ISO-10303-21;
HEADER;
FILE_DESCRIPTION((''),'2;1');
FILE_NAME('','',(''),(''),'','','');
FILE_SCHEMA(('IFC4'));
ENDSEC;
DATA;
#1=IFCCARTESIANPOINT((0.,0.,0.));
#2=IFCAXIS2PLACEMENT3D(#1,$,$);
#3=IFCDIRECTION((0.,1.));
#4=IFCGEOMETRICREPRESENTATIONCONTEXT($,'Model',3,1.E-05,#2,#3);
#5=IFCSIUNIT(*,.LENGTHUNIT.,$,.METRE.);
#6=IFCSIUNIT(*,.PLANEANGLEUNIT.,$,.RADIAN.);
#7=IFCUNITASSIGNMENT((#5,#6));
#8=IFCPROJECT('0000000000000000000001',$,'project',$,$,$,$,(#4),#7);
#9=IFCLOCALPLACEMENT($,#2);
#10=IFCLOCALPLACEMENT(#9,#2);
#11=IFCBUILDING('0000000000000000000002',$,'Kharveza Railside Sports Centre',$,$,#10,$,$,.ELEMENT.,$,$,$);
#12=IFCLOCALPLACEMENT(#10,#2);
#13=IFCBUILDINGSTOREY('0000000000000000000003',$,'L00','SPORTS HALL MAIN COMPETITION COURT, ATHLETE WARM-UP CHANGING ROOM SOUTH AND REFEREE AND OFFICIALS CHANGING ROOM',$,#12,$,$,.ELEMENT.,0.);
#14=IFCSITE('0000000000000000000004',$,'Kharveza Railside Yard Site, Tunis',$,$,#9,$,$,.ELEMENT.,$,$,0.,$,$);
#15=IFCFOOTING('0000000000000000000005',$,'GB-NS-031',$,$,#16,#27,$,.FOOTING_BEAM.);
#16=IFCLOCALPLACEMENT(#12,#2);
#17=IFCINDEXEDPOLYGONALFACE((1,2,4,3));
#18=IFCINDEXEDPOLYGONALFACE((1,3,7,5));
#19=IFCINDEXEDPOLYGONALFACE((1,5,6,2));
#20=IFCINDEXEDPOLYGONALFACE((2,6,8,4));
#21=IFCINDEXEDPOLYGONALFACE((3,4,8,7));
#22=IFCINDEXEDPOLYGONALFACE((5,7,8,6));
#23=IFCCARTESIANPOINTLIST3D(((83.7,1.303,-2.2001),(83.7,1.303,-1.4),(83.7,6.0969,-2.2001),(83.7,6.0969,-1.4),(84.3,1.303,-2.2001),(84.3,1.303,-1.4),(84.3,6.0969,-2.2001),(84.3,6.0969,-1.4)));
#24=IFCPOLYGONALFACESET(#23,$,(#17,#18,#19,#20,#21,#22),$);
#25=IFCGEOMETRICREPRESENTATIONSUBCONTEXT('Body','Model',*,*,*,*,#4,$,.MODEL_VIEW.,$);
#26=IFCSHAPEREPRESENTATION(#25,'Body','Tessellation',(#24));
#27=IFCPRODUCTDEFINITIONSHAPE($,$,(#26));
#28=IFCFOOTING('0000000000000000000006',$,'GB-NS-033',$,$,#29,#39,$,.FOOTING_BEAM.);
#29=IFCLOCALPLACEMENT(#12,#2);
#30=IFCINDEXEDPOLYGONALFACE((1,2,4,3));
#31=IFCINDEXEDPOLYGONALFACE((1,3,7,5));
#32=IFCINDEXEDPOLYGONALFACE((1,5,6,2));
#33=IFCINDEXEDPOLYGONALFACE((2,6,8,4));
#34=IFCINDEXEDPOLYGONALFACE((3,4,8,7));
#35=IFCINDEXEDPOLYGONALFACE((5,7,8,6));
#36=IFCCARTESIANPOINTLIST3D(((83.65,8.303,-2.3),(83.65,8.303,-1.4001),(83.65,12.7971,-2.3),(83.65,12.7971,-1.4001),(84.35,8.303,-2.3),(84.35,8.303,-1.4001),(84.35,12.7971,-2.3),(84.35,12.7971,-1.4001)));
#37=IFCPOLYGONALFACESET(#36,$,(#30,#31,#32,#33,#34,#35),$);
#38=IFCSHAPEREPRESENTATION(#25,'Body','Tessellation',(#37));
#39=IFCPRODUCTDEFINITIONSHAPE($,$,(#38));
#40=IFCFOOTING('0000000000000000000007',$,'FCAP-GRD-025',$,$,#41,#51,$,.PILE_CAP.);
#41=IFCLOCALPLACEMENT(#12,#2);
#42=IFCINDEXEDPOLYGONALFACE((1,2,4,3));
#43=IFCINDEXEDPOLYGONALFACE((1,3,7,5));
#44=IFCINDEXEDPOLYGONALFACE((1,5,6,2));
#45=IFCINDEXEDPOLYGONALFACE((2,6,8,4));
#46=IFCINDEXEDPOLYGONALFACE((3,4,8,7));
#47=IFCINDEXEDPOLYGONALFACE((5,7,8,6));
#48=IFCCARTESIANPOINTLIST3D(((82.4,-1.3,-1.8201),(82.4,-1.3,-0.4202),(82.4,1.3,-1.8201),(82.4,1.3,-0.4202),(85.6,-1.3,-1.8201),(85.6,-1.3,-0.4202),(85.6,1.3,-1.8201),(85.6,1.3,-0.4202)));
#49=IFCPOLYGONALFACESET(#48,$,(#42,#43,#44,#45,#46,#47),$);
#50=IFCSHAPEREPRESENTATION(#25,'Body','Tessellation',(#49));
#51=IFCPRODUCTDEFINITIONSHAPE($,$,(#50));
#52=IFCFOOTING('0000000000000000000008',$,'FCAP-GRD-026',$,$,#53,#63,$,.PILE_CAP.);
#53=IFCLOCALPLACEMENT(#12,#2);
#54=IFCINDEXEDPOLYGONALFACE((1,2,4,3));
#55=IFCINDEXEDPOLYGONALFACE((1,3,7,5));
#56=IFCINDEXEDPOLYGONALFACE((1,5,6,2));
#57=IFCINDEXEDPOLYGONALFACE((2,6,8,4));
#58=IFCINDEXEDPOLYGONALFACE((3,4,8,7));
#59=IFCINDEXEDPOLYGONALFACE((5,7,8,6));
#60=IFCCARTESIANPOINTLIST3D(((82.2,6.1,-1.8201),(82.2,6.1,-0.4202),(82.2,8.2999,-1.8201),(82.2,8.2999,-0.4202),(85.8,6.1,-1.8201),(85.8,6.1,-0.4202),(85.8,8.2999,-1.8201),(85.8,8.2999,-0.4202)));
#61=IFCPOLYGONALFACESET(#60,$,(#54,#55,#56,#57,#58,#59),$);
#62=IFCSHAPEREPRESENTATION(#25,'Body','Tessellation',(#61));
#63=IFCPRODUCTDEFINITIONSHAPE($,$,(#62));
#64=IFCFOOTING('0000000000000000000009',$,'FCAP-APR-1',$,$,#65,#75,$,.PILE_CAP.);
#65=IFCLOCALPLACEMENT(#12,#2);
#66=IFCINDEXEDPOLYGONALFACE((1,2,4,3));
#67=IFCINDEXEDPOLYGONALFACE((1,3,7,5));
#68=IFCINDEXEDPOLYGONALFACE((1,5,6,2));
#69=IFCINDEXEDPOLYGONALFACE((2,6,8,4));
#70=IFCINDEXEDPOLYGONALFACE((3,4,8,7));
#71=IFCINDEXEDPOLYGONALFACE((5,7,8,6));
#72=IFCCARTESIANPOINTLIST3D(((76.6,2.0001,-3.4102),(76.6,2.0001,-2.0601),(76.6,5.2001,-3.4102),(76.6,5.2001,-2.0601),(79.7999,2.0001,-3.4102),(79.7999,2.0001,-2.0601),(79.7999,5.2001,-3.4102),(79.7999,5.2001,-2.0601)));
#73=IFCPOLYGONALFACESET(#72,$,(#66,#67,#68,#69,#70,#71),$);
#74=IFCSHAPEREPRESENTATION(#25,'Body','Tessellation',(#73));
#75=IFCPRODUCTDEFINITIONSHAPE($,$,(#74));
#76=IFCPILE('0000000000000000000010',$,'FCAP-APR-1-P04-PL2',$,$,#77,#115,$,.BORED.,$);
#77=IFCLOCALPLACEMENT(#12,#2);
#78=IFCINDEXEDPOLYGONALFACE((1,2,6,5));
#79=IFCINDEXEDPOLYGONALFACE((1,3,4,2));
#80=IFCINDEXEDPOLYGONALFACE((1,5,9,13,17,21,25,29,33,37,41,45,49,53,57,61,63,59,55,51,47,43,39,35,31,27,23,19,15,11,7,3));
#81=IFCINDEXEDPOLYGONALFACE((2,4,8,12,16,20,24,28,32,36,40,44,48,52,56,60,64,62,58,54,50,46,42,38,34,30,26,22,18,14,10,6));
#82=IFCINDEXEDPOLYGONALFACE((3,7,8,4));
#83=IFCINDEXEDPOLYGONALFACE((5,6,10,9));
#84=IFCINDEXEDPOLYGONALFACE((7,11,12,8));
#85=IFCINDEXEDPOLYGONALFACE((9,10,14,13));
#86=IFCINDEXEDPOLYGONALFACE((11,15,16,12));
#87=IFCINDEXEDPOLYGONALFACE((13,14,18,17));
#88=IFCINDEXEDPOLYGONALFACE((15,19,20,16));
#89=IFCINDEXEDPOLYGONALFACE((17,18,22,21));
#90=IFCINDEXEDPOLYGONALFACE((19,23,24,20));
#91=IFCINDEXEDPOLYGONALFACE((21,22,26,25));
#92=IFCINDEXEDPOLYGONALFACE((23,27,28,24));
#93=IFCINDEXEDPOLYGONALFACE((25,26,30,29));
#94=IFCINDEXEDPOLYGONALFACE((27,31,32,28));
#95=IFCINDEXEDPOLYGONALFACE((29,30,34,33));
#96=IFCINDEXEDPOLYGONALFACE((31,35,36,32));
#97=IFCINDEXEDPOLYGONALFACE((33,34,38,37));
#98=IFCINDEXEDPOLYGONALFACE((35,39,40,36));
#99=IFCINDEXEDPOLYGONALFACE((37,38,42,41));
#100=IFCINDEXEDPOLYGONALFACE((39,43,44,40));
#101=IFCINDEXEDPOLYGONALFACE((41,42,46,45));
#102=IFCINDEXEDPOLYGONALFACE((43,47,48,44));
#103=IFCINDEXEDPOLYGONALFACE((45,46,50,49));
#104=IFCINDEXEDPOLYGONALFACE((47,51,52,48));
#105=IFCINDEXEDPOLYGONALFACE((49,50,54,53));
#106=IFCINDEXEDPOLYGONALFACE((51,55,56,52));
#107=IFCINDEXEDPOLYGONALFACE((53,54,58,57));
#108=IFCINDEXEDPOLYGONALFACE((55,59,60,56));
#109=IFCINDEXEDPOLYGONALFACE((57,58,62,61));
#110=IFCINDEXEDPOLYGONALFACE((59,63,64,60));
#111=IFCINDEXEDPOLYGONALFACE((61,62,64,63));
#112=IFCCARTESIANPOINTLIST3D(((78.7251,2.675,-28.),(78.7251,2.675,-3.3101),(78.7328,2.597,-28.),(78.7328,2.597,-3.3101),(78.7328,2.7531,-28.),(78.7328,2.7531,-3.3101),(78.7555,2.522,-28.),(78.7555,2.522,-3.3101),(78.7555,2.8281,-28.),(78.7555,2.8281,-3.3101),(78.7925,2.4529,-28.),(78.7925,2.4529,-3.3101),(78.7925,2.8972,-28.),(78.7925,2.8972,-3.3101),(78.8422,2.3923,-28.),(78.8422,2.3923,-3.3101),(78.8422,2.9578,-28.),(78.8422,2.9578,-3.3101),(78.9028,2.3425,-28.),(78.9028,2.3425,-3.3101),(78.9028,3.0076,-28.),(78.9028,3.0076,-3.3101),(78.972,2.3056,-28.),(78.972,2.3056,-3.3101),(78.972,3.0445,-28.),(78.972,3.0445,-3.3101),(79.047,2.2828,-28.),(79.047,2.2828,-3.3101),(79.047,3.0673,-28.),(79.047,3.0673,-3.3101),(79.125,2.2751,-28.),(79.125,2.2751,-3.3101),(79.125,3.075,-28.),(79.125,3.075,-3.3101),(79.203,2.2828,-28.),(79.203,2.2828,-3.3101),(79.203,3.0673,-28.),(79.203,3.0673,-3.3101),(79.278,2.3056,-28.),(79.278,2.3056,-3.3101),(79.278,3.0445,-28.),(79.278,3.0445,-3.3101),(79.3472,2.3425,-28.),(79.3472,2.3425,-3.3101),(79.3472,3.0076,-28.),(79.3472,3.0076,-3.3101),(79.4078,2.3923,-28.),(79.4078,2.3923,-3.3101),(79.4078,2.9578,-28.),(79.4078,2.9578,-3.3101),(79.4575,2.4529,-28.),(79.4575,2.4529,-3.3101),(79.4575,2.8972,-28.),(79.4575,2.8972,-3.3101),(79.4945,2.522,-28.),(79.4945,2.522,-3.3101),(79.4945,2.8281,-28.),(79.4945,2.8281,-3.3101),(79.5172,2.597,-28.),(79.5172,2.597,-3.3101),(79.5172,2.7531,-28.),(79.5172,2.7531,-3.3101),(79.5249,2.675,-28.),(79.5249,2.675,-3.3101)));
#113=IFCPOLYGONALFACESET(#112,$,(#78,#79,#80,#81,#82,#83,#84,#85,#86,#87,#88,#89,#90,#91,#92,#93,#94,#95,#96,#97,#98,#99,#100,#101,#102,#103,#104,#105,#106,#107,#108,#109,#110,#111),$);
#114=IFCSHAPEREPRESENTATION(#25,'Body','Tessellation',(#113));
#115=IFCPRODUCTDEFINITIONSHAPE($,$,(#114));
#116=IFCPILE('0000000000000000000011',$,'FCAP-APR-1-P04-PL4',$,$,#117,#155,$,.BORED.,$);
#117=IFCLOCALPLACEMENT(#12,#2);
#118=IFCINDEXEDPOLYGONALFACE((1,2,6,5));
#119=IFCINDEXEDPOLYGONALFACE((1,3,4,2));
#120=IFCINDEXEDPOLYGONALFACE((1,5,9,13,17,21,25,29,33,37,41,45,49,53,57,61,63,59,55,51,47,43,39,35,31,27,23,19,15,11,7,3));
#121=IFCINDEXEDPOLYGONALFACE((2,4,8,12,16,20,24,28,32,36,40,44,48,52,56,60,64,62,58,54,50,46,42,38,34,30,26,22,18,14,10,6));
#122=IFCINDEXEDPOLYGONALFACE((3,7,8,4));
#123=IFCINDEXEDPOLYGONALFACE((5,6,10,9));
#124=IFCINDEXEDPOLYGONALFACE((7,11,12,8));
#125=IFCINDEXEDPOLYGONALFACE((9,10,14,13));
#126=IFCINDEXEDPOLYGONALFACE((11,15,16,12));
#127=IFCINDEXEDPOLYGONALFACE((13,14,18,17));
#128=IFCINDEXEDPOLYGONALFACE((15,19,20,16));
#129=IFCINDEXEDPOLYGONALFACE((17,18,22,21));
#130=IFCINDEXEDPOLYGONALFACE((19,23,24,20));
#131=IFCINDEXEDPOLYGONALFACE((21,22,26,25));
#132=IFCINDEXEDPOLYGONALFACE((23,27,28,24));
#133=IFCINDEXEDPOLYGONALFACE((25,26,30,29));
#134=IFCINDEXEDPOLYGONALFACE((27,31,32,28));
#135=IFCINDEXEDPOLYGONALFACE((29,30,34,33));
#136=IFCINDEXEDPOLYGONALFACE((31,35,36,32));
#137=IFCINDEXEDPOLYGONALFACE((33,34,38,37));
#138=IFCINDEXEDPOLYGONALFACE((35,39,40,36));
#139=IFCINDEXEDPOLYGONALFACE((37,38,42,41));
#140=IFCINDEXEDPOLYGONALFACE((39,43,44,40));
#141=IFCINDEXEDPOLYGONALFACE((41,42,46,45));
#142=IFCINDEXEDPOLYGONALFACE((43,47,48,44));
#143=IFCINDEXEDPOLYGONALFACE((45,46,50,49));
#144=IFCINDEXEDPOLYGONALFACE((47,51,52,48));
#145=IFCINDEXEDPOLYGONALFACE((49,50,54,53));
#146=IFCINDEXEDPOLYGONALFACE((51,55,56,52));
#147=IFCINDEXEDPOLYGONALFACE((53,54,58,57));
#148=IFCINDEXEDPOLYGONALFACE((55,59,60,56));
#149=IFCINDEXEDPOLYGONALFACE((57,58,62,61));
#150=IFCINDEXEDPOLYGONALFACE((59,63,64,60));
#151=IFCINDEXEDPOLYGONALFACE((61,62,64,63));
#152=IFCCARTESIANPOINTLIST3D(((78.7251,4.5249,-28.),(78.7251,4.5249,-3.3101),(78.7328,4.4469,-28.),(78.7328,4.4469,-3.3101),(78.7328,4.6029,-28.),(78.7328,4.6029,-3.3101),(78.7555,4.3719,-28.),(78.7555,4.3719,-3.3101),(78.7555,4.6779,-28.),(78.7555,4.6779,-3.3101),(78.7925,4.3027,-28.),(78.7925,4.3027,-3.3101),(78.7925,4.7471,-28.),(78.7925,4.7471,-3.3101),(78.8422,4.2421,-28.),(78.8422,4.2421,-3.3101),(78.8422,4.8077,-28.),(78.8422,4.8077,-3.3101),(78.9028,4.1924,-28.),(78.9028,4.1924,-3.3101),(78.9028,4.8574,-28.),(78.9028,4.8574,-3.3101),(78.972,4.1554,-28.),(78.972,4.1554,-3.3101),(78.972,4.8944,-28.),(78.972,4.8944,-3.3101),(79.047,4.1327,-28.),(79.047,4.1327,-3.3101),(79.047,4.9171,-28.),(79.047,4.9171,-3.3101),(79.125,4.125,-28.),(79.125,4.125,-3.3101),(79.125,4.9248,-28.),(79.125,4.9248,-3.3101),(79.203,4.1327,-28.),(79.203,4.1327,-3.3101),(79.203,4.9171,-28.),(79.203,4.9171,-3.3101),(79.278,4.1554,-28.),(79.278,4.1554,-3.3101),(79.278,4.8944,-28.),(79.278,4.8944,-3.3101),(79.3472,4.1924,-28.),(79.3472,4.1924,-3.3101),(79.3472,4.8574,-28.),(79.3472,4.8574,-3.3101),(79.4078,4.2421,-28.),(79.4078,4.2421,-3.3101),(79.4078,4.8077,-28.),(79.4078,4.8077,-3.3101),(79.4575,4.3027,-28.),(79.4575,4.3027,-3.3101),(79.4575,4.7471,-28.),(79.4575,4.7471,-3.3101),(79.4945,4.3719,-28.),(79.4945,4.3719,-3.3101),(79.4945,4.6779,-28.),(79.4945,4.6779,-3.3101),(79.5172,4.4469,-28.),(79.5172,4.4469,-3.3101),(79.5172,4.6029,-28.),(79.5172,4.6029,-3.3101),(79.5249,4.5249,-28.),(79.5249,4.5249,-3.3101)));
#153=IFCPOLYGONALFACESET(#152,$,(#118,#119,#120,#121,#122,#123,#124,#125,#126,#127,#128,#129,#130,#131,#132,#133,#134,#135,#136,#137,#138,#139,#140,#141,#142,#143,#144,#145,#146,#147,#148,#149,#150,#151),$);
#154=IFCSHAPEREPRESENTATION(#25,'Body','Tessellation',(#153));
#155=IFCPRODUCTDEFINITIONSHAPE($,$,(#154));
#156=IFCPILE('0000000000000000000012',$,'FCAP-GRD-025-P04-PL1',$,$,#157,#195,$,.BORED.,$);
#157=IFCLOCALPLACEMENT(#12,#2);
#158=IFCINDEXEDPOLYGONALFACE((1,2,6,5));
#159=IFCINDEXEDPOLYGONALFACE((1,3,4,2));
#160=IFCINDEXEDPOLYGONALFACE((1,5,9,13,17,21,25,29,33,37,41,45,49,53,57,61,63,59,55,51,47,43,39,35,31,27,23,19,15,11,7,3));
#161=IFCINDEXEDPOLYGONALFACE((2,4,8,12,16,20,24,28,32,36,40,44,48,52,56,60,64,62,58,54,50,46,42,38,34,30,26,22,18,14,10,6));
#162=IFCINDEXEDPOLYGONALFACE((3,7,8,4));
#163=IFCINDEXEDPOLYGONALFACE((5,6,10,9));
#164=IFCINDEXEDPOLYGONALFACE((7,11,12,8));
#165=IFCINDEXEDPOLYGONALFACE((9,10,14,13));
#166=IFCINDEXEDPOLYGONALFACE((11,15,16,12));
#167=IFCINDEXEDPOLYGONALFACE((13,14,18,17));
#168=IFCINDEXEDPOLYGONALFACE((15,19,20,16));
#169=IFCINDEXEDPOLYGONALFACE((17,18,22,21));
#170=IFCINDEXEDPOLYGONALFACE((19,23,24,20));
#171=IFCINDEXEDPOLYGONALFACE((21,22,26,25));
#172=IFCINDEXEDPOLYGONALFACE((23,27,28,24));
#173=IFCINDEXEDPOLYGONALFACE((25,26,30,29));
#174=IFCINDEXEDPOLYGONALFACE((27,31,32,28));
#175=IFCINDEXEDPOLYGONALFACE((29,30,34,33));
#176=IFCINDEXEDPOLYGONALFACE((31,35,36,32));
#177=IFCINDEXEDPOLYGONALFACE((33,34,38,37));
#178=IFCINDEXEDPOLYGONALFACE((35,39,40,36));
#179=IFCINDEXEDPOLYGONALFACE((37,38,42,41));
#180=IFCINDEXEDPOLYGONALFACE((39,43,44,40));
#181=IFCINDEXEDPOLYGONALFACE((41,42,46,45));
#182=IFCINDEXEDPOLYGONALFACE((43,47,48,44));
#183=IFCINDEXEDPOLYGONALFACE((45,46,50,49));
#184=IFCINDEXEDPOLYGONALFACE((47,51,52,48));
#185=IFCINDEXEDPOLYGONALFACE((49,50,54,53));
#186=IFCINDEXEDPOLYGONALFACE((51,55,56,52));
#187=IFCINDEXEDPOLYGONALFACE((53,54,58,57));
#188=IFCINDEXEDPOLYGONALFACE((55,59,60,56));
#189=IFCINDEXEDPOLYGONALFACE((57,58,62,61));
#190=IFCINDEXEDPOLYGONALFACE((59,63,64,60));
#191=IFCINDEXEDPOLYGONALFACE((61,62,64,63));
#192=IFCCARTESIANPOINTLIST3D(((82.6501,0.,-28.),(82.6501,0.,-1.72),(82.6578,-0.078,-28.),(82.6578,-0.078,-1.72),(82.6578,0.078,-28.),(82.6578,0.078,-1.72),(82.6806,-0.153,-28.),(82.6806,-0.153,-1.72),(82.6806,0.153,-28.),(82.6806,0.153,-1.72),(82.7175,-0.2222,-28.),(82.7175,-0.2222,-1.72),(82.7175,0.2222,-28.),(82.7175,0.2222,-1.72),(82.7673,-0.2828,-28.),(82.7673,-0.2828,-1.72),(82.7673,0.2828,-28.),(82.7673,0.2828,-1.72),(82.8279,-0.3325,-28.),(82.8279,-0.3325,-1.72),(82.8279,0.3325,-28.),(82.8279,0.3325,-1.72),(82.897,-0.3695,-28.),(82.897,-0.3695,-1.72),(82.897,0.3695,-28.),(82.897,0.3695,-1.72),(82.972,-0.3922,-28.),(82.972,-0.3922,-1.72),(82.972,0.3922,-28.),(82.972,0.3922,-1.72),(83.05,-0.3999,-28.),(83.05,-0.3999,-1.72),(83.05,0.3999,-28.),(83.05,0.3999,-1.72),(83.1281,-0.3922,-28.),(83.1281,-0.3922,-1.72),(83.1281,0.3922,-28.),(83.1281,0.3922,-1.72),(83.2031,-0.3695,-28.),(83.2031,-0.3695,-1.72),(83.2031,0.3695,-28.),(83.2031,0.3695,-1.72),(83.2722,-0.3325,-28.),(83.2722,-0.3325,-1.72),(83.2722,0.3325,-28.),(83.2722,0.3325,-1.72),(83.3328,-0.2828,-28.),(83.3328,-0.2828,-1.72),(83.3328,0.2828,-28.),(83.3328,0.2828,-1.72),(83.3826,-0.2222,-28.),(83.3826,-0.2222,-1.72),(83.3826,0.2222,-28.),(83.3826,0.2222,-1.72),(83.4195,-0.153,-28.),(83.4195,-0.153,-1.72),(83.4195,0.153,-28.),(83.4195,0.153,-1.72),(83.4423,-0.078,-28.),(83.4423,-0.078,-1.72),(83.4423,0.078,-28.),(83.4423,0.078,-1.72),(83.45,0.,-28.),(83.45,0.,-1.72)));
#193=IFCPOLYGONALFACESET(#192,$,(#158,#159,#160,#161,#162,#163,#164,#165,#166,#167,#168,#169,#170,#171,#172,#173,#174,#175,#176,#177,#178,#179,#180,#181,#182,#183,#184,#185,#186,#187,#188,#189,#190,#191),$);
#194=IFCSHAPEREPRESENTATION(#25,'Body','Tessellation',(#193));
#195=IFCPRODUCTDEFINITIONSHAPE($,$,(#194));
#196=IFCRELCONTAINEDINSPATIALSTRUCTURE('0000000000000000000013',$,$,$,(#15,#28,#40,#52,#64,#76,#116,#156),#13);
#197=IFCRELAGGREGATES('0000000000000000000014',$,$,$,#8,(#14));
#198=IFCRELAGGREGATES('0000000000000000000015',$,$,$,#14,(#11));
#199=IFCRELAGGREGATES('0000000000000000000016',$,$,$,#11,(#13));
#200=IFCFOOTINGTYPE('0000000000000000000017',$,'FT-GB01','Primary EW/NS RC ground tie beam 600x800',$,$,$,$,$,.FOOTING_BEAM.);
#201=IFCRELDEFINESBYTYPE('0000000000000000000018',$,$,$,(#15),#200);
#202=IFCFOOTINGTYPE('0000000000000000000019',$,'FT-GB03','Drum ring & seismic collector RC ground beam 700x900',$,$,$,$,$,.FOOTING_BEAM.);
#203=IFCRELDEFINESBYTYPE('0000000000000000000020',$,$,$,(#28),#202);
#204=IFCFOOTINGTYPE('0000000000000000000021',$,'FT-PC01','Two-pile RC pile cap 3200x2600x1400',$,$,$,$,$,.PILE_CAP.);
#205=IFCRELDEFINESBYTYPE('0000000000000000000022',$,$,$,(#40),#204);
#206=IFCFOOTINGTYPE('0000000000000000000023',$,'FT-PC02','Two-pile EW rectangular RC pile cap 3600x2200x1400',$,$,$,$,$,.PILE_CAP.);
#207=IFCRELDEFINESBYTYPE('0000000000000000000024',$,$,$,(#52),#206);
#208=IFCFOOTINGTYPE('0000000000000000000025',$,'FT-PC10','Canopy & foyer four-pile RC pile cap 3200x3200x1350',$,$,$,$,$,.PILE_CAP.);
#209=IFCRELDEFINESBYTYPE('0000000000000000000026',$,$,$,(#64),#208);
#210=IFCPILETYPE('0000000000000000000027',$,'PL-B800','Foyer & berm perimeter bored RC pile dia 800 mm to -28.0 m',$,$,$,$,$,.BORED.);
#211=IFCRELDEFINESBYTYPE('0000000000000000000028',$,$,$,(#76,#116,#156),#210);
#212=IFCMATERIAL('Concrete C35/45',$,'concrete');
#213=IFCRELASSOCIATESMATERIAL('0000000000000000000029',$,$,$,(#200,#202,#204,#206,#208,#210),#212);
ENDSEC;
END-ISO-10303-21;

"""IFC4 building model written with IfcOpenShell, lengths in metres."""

from ifc_helpers import new_model, si_unit, direction, frame, origin, origin_2d, place, context, subcontext, project, spatial, rectangle, circle, extrude, material, material_profile, profile_set, type_object, element, save


model = new_model("IFC4")

# Units and contexts
model_context = context("Model", 3, precision=1e-05, world=origin(), true_north=direction((0.0, 1.0)))
body_context = subcontext(model_context, "Body", "Model", "MODEL_VIEW")
ifc_project = project(units=[si_unit("LENGTHUNIT", "METRE"), si_unit("PLANEANGLEUNIT", "RADIAN")], contexts=[model_context])

# Site, building, storey
site_placement = place(None, origin())
site = spatial("IfcSite", under=ifc_project, at=site_placement, Name="Kharveza Railside Yard Site, Tunis", CompositionType="ELEMENT", RefElevation=0.0)
building_placement = place(site_placement, origin())
building = spatial("IfcBuilding", under=site, at=building_placement, Name="Kharveza Railside Sports Centre", CompositionType="ELEMENT")
storey_placement = place(building_placement, origin())
storey = spatial("IfcBuildingStorey", under=building, at=storey_placement, Name="L00", Description="SPORTS HALL MAIN COMPETITION COURT, ATHLETE WARM-UP CHANGING ROOM SOUTH AND REFEREE AND OFFICIALS CHANGING ROOM", CompositionType="ELEMENT", Elevation=0.0)

# Footings
ifc_material_1 = material(Name="Concrete C35/45", Category="concrete")
ifc_material_profile_1 = material_profile(ifc_material_1, rectangle(XDim=0.6001, YDim=0.8, at=origin_2d()), Name="GB 600x800")
ifc_profile_set_1 = profile_set([ifc_material_profile_1], Name="Concrete C35/45")
footing_type_1 = type_object("IfcFootingType", Name="FT-GB01", Description="Primary EW/NS RC ground tie beam 600x800", PredefinedType="FOOTING_BEAM", material=ifc_profile_set_1)
footing_1_placement = place(storey_placement, frame((84.0, 1.303, -1.8), z_axis=(0.0, 1.0, 0.0), x_axis=(-1.0, 0.0, 0.0)))
element("IfcFooting", 1, at=footing_1_placement, inside=storey, type_object=footing_type_1, Name="GB-NS-031", PredefinedType="FOOTING_BEAM", context=body_context, shape_type="SweptSolid", body=[
    extrude(rectangle(XDim=0.6001, YDim=0.8, at=origin_2d()), origin(), (0.0, 0.0, 1.0), 4.7939),
])
ifc_material_profile_2 = material_profile(ifc_material_1, rectangle(XDim=0.7, YDim=0.8999, at=origin_2d()), Name="GB 700x900")
ifc_profile_set_2 = profile_set([ifc_material_profile_2], Name="Concrete C35/45")
footing_type_2 = type_object("IfcFootingType", Name="FT-GB03", Description="Drum ring & seismic collector RC ground beam 700x900", PredefinedType="FOOTING_BEAM", material=ifc_profile_set_2)
footing_2_placement = place(storey_placement, frame((84.0, 8.303, -1.8501), z_axis=(0.0, 1.0, 0.0), x_axis=(-1.0, 0.0, 0.0)))
element("IfcFooting", 2, at=footing_2_placement, inside=storey, type_object=footing_type_2, Name="GB-NS-033", PredefinedType="FOOTING_BEAM", context=body_context, shape_type="SweptSolid", body=[
    extrude(rectangle(XDim=0.7, YDim=0.8999, at=origin_2d()), origin(), (0.0, 0.0, 1.0), 4.4941),
])
footing_type_3 = type_object("IfcFootingType", Name="FT-PC01", Description="Two-pile RC pile cap 3200x2600x1400", PredefinedType="PILE_CAP", material=ifc_material_1)
footing_3_placement = place(storey_placement, frame((84.0, 0.0, -1.8201), z_axis=(0.0, 0.0, 1.0), x_axis=(1.0, 0.0, 0.0)))
element("IfcFooting", 3, at=footing_3_placement, inside=storey, type_object=footing_type_3, Name="FCAP-GRD-025", PredefinedType="PILE_CAP", context=body_context, shape_type="SweptSolid", body=[
    extrude(rectangle(XDim=3.2, YDim=2.6001, at=origin_2d()), origin(), (0.0, 0.0, 1.0), 1.3999),
])
footing_type_4 = type_object("IfcFootingType", Name="FT-PC02", Description="Two-pile EW rectangular RC pile cap 3600x2200x1400", PredefinedType="PILE_CAP", material=ifc_material_1)
footing_4_placement = place(storey_placement, frame((84.0, 7.2, -1.8201), z_axis=(0.0, 0.0, 1.0), x_axis=(1.0, 0.0, 0.0)))
element("IfcFooting", 4, at=footing_4_placement, inside=storey, type_object=footing_type_4, Name="FCAP-GRD-026", PredefinedType="PILE_CAP", context=body_context, shape_type="SweptSolid", body=[
    extrude(rectangle(XDim=3.6001, YDim=2.2, at=origin_2d()), origin(), (0.0, 0.0, 1.0), 1.3999),
])
footing_type_5 = type_object("IfcFootingType", Name="FT-PC10", Description="Canopy & foyer four-pile RC pile cap 3200x3200x1350", PredefinedType="PILE_CAP", material=ifc_material_1)
footing_5_placement = place(storey_placement, frame((78.2, 3.6001, -3.4102), z_axis=(0.0, 0.0, 1.0), x_axis=(1.0, 0.0, 0.0)))
element("IfcFooting", 5, at=footing_5_placement, inside=storey, type_object=footing_type_5, Name="FCAP-APR-1", PredefinedType="PILE_CAP", context=body_context, shape_type="SweptSolid", body=[
    extrude(rectangle(XDim=3.2, YDim=3.2, at=origin_2d()), origin(), (0.0, 0.0, 1.0), 1.3501),
])

# Piles
ifc_material_profile_3 = material_profile(ifc_material_1, circle(Radius=0.3999, at=origin_2d()), Name="PILE D800")
ifc_profile_set_3 = profile_set([ifc_material_profile_3], Name="Concrete C35/45")
pile_type_1 = type_object("IfcPileType", Name="PL-B800", Description="Foyer & berm perimeter bored RC pile dia 800 mm to -28.0 m", PredefinedType="BORED", material=ifc_profile_set_3)
for number, where, z_axis, x_axis, name in (
    (6, (79.125, 2.675, -3.3101), (0.0, 0.0, -1.0), (1.0, 0.0, 0.0), "FCAP-APR-1-P04-PL2"),
    (7, (79.125, 4.5249, -3.3101), (0.0, 0.0, -1.0), (1.0, 0.0, 0.0), "FCAP-APR-1-P04-PL4"),
):
    element("IfcPile", number, at=place(storey_placement, frame(where, z_axis=z_axis, x_axis=x_axis)), inside=storey, type_object=pile_type_1, Name=name, PredefinedType="BORED", context=body_context, shape_type="SweptSolid", body=[
        extrude(circle(Radius=0.3999, at=origin_2d()), origin(), (0.0, 0.0, 1.0), 24.6899),
    ])
pile_1_placement = place(storey_placement, frame((83.05, 0.0, -1.72), z_axis=(0.0, 0.0, -1.0), x_axis=(1.0, 0.0, 0.0)))
element("IfcPile", 8, at=pile_1_placement, inside=storey, type_object=pile_type_1, Name="FCAP-GRD-025-P04-PL1", PredefinedType="BORED", context=body_context, shape_type="SweptSolid", body=[
    extrude(circle(Radius=0.3999, at=origin_2d()), origin(), (0.0, 0.0, 1.0), 26.28),
])

save(model, "model.ifc")
